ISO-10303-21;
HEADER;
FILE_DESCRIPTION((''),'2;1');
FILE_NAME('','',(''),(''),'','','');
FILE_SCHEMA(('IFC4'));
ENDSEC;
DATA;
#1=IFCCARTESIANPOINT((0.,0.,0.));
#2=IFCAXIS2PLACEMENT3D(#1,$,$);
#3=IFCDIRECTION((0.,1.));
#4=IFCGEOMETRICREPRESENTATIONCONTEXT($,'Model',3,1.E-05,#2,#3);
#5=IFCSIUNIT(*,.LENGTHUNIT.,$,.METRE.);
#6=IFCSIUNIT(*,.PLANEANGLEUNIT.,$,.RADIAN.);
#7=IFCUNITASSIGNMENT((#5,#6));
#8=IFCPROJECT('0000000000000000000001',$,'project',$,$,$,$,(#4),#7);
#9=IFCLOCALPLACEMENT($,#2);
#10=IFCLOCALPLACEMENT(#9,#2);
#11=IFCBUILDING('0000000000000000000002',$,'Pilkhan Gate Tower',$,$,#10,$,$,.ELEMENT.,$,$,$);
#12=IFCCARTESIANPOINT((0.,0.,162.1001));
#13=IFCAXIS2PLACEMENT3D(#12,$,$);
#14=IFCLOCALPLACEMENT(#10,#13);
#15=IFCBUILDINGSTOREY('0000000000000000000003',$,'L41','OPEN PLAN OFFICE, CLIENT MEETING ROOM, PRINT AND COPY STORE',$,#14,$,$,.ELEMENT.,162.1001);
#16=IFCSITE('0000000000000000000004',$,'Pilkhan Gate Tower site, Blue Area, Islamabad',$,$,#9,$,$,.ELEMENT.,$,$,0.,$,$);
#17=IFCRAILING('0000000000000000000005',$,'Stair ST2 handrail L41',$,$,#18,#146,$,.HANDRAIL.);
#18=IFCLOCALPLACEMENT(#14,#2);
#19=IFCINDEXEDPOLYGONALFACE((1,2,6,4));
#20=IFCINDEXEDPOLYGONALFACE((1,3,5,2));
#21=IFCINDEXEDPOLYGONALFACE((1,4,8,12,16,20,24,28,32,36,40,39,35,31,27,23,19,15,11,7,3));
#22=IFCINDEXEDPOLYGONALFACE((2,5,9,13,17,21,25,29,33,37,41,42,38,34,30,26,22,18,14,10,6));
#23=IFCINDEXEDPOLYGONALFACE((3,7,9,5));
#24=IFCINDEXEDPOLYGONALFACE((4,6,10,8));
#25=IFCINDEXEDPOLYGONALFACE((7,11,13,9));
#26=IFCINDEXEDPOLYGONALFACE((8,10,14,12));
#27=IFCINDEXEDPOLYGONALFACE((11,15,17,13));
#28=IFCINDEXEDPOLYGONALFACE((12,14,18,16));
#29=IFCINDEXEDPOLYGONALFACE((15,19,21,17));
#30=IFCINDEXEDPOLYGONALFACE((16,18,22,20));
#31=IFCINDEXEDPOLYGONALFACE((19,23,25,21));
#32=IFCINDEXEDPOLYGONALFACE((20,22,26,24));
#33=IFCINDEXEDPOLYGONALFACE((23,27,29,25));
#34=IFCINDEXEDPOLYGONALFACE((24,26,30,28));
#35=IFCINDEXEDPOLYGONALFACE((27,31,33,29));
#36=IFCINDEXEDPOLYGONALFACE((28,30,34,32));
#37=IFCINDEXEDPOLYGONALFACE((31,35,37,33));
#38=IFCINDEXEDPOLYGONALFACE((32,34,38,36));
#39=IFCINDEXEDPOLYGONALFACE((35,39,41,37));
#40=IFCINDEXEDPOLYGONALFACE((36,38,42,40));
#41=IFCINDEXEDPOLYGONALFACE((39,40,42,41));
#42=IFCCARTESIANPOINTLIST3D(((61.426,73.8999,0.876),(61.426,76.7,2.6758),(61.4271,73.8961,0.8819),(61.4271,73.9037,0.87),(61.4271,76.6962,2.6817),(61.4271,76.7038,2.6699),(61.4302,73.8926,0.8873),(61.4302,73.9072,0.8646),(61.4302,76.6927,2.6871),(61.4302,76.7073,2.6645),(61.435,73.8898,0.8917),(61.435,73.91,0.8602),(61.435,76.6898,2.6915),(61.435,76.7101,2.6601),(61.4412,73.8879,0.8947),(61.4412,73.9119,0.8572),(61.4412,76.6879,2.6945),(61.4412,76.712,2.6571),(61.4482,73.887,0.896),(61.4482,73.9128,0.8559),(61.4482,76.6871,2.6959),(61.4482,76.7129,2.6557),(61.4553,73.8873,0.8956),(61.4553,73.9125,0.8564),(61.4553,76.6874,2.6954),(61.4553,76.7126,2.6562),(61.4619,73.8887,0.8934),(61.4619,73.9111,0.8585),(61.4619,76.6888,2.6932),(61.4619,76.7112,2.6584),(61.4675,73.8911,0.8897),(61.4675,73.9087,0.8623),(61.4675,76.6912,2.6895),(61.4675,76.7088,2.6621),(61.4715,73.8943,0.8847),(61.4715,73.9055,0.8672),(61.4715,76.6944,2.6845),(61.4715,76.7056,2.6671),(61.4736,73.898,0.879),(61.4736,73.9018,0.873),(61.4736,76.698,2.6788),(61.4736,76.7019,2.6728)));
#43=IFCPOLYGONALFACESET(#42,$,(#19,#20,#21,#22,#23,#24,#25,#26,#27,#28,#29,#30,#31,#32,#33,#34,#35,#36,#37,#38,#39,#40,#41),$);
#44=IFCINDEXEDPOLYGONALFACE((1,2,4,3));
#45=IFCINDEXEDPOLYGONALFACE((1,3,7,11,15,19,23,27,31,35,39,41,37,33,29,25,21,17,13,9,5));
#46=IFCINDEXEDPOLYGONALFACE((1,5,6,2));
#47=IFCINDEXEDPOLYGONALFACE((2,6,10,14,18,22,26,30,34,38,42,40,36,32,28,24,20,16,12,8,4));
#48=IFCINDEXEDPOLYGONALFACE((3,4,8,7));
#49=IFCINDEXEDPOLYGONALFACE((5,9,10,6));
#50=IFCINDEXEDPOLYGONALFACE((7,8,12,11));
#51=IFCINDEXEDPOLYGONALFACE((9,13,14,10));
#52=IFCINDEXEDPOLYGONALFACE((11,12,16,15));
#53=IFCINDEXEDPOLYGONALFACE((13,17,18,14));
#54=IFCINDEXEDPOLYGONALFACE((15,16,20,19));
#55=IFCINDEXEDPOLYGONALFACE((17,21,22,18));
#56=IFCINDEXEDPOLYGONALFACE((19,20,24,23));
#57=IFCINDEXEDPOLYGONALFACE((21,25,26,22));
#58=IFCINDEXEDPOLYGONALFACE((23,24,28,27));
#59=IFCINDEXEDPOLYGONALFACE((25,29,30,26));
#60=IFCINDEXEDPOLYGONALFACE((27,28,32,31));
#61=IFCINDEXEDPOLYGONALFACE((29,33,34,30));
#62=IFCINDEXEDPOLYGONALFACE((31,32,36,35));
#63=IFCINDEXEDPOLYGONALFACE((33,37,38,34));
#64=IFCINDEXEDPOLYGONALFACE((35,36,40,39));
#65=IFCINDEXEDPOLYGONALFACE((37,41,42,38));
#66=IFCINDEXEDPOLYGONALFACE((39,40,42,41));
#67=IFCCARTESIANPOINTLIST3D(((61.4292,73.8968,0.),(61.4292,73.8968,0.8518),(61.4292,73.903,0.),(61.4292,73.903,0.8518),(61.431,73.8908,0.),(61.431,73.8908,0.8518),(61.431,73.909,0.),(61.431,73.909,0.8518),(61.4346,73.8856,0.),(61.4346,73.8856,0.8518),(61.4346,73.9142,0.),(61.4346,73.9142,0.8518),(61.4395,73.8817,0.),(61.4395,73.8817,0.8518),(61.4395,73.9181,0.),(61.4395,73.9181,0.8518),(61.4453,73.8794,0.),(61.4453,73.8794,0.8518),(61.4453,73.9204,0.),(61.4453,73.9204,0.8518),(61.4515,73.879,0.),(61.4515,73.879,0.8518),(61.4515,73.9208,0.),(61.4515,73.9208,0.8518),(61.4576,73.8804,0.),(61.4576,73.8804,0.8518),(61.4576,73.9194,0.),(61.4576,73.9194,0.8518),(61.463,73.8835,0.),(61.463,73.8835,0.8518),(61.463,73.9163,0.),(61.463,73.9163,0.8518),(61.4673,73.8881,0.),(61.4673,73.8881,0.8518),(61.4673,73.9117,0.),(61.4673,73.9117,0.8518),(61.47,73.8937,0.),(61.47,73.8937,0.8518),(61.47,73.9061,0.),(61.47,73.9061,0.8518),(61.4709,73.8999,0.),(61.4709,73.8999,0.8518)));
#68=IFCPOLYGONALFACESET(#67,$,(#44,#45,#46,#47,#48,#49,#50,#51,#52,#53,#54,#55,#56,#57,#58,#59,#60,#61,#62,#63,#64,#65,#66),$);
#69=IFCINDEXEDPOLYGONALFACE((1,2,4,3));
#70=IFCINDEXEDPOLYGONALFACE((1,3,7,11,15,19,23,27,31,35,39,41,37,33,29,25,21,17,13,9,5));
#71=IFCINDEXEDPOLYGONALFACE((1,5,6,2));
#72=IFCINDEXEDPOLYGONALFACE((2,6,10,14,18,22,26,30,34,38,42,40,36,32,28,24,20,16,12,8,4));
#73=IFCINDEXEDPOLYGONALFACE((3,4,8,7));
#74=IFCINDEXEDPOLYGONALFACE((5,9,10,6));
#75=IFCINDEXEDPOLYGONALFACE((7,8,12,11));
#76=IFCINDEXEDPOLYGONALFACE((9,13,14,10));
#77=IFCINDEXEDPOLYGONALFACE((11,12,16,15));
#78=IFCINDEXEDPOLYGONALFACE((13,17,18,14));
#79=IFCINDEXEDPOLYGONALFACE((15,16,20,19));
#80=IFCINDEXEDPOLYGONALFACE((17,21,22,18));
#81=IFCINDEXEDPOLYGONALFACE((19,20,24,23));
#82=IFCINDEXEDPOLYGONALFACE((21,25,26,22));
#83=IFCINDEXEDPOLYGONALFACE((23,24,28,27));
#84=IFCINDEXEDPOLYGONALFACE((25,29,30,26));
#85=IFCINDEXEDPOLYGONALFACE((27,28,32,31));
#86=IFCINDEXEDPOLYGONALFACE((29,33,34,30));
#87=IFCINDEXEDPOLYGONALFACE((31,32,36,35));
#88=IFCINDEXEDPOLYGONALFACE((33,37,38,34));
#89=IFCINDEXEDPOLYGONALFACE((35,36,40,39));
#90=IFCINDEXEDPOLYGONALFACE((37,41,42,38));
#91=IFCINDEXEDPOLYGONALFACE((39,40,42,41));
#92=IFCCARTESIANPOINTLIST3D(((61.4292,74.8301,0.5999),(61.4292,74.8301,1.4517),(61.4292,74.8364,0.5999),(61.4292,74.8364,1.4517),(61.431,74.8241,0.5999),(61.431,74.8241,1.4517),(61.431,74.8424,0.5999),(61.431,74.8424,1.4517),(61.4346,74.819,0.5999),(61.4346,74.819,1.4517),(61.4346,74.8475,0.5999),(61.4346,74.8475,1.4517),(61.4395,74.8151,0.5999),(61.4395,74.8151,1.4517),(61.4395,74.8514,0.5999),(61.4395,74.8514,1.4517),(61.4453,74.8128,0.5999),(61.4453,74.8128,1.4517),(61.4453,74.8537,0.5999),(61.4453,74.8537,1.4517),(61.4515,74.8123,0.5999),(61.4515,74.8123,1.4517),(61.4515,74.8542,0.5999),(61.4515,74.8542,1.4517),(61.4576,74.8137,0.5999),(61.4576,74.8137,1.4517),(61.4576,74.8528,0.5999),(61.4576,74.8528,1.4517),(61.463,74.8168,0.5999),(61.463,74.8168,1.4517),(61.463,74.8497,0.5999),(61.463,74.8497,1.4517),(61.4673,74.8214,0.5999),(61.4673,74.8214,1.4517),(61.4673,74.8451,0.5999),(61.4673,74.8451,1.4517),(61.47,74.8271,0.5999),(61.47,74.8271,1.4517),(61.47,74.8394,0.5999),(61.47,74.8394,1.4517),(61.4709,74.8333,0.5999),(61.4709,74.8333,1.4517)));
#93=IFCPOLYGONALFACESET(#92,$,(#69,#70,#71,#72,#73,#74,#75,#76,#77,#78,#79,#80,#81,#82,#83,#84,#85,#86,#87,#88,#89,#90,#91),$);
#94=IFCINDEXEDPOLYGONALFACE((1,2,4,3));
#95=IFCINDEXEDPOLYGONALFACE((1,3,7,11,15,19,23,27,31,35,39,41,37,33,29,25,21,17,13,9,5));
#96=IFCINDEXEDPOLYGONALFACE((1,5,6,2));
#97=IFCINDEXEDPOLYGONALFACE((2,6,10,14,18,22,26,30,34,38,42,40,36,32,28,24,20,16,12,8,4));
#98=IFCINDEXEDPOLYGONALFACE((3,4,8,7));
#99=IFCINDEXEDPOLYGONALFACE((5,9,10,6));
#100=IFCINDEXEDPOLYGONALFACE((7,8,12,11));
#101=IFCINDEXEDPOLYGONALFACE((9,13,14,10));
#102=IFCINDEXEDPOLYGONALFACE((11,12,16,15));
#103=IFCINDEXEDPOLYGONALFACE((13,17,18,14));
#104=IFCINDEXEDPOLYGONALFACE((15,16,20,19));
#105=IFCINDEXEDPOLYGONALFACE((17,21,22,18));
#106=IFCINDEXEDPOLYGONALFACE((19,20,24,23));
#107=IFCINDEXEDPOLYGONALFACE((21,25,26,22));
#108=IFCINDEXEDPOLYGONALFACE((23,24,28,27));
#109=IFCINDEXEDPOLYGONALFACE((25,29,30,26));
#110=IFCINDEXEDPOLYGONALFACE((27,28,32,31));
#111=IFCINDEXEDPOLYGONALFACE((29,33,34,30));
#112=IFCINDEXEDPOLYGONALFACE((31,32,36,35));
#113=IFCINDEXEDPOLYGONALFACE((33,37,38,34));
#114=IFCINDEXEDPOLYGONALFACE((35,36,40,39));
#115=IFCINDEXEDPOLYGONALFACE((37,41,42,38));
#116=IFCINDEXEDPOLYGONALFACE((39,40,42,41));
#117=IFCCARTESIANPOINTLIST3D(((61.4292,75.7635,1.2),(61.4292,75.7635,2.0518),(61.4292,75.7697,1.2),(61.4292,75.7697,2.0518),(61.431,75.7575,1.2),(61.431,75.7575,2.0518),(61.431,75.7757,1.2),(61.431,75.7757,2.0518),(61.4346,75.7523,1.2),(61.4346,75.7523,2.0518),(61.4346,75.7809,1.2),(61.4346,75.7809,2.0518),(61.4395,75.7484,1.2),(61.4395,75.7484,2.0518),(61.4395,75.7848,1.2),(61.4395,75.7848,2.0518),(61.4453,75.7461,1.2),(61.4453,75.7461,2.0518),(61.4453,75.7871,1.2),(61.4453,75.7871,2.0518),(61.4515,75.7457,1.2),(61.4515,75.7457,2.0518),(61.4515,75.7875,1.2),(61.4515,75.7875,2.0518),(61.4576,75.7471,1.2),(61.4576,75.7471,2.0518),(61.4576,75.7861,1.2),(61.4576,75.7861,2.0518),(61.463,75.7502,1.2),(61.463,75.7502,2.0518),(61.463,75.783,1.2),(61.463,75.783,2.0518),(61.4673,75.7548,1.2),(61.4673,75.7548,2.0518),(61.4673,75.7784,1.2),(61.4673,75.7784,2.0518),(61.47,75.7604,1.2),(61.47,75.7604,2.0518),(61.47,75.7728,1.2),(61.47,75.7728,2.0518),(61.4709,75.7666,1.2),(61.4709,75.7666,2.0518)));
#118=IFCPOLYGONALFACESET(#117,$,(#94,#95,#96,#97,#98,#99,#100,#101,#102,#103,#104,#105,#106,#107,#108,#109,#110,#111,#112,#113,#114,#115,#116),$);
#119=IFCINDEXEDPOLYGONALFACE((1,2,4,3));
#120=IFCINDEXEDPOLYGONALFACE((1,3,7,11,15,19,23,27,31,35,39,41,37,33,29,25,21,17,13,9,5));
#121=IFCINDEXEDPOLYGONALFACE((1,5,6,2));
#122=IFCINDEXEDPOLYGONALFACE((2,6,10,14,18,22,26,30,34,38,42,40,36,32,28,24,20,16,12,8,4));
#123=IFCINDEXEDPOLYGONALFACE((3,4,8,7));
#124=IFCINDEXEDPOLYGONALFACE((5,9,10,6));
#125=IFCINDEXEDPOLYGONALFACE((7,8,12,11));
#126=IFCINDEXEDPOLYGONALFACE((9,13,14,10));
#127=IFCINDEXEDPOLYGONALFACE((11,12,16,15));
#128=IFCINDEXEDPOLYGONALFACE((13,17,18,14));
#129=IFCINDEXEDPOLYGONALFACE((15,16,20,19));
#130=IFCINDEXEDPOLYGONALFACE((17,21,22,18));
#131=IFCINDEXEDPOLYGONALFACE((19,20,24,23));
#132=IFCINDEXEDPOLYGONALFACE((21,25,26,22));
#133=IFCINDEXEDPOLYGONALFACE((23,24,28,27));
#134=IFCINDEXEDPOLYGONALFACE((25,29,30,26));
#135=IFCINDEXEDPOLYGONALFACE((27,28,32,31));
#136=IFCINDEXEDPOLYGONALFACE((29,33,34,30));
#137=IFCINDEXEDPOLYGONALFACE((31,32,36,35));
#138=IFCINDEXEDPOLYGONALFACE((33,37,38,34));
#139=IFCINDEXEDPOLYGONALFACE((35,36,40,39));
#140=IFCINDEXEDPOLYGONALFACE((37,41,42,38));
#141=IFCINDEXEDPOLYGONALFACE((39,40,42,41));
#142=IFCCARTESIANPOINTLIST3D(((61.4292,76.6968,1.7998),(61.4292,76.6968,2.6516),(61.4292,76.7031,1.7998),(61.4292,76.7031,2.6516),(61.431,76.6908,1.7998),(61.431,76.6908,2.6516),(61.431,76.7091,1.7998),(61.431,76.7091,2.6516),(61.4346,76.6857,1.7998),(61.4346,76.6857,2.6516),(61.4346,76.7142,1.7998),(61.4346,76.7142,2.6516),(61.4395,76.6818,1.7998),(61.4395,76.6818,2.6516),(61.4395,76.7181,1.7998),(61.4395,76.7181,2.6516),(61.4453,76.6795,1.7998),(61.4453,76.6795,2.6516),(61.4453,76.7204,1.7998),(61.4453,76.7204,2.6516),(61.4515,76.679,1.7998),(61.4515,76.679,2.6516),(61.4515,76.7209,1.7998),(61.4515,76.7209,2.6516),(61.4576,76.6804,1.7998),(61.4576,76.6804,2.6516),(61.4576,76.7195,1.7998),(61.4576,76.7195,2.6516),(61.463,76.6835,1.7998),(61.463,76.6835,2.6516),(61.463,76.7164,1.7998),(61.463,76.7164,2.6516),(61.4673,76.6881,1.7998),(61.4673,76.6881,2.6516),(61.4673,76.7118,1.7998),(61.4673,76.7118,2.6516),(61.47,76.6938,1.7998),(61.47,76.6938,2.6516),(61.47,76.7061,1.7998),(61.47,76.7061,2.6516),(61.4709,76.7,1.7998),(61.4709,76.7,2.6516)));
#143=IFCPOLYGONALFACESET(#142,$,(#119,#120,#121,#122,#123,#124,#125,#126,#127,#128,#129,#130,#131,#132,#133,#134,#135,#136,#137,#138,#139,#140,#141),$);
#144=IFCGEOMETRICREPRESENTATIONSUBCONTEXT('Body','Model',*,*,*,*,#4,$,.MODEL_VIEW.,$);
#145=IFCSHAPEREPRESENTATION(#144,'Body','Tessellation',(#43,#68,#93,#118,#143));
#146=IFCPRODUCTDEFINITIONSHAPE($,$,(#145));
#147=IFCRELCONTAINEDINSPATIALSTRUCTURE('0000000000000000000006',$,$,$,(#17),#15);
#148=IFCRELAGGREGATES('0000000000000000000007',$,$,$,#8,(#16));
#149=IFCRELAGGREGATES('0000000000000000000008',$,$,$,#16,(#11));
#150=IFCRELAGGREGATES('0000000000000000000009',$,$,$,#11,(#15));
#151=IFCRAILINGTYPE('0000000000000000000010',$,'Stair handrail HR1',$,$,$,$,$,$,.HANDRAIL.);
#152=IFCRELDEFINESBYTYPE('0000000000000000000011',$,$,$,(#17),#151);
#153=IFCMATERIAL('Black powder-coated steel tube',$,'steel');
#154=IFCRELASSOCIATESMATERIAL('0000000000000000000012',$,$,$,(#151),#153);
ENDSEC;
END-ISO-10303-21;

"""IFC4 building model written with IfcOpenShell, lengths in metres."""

from ifc_helpers import new_model, si_unit, direction, frame, origin, origin_2d, place, context, subcontext, project, spatial, circle, extrude, material, type_object, element, save


model = new_model("IFC4")

# Units and contexts
model_context = context("Model", 3, precision=1e-05, world=origin(), true_north=direction((0.0, 1.0)))
body_context = subcontext(model_context, "Body", "Model", "MODEL_VIEW")
ifc_project = project(units=[si_unit("LENGTHUNIT", "METRE"), si_unit("PLANEANGLEUNIT", "RADIAN")], contexts=[model_context])

# Site, building, storey
site_placement = place(None, origin())
site = spatial("IfcSite", under=ifc_project, at=site_placement, Name="Pilkhan Gate Tower site, Blue Area, Islamabad", CompositionType="ELEMENT", RefElevation=0.0)
building_placement = place(site_placement, origin())
building = spatial("IfcBuilding", under=site, at=building_placement, Name="Pilkhan Gate Tower", CompositionType="ELEMENT")
storey_placement = place(building_placement, frame((0.0, 0.0, 162.1001)))
storey = spatial("IfcBuildingStorey", under=building, at=storey_placement, Name="L41", Description="OPEN PLAN OFFICE, CLIENT MEETING ROOM, PRINT AND COPY STORE", CompositionType="ELEMENT", Elevation=162.1001)

# Railing
ifc_material_1 = material(Name="Black powder-coated steel tube", Category="steel")
railing_type_1 = type_object("IfcRailingType", Name="Stair handrail HR1", PredefinedType="HANDRAIL", material=ifc_material_1)
railing_1_placement = place(storey_placement, frame((61.45, 73.8999, 0.0)))
element("IfcRailing", 1, at=railing_1_placement, inside=storey, type_object=railing_type_1, Name="Stair ST2 handrail L41", PredefinedType="HANDRAIL", context=body_context, shape_type="SweptSolid", body=[
    extrude(circle(Radius=0.0239, at=origin_2d()), frame((0.0, 0.0, 0.876), z_axis=(0.0, 0.841209, 0.540709), x_axis=(-1.0, 0.0, 0.0)), (0.0, 0.0, 1.0), 3.3286),
    extrude(circle(Radius=0.021, at=origin_2d()), origin(), (0.0, 0.0, 1.0), 0.8518),
    extrude(circle(Radius=0.021, at=origin_2d()), frame((0.0, 0.9333, 0.5999)), (0.0, 0.0, 1.0), 0.8518),
    extrude(circle(Radius=0.021, at=origin_2d()), frame((0.0, 1.8667, 1.2)), (0.0, 0.0, 1.0), 0.8518),
    extrude(circle(Radius=0.021, at=origin_2d()), frame((0.0, 2.8, 1.7998)), (0.0, 0.0, 1.0), 0.8518),
])

save(model, "model.ifc")
